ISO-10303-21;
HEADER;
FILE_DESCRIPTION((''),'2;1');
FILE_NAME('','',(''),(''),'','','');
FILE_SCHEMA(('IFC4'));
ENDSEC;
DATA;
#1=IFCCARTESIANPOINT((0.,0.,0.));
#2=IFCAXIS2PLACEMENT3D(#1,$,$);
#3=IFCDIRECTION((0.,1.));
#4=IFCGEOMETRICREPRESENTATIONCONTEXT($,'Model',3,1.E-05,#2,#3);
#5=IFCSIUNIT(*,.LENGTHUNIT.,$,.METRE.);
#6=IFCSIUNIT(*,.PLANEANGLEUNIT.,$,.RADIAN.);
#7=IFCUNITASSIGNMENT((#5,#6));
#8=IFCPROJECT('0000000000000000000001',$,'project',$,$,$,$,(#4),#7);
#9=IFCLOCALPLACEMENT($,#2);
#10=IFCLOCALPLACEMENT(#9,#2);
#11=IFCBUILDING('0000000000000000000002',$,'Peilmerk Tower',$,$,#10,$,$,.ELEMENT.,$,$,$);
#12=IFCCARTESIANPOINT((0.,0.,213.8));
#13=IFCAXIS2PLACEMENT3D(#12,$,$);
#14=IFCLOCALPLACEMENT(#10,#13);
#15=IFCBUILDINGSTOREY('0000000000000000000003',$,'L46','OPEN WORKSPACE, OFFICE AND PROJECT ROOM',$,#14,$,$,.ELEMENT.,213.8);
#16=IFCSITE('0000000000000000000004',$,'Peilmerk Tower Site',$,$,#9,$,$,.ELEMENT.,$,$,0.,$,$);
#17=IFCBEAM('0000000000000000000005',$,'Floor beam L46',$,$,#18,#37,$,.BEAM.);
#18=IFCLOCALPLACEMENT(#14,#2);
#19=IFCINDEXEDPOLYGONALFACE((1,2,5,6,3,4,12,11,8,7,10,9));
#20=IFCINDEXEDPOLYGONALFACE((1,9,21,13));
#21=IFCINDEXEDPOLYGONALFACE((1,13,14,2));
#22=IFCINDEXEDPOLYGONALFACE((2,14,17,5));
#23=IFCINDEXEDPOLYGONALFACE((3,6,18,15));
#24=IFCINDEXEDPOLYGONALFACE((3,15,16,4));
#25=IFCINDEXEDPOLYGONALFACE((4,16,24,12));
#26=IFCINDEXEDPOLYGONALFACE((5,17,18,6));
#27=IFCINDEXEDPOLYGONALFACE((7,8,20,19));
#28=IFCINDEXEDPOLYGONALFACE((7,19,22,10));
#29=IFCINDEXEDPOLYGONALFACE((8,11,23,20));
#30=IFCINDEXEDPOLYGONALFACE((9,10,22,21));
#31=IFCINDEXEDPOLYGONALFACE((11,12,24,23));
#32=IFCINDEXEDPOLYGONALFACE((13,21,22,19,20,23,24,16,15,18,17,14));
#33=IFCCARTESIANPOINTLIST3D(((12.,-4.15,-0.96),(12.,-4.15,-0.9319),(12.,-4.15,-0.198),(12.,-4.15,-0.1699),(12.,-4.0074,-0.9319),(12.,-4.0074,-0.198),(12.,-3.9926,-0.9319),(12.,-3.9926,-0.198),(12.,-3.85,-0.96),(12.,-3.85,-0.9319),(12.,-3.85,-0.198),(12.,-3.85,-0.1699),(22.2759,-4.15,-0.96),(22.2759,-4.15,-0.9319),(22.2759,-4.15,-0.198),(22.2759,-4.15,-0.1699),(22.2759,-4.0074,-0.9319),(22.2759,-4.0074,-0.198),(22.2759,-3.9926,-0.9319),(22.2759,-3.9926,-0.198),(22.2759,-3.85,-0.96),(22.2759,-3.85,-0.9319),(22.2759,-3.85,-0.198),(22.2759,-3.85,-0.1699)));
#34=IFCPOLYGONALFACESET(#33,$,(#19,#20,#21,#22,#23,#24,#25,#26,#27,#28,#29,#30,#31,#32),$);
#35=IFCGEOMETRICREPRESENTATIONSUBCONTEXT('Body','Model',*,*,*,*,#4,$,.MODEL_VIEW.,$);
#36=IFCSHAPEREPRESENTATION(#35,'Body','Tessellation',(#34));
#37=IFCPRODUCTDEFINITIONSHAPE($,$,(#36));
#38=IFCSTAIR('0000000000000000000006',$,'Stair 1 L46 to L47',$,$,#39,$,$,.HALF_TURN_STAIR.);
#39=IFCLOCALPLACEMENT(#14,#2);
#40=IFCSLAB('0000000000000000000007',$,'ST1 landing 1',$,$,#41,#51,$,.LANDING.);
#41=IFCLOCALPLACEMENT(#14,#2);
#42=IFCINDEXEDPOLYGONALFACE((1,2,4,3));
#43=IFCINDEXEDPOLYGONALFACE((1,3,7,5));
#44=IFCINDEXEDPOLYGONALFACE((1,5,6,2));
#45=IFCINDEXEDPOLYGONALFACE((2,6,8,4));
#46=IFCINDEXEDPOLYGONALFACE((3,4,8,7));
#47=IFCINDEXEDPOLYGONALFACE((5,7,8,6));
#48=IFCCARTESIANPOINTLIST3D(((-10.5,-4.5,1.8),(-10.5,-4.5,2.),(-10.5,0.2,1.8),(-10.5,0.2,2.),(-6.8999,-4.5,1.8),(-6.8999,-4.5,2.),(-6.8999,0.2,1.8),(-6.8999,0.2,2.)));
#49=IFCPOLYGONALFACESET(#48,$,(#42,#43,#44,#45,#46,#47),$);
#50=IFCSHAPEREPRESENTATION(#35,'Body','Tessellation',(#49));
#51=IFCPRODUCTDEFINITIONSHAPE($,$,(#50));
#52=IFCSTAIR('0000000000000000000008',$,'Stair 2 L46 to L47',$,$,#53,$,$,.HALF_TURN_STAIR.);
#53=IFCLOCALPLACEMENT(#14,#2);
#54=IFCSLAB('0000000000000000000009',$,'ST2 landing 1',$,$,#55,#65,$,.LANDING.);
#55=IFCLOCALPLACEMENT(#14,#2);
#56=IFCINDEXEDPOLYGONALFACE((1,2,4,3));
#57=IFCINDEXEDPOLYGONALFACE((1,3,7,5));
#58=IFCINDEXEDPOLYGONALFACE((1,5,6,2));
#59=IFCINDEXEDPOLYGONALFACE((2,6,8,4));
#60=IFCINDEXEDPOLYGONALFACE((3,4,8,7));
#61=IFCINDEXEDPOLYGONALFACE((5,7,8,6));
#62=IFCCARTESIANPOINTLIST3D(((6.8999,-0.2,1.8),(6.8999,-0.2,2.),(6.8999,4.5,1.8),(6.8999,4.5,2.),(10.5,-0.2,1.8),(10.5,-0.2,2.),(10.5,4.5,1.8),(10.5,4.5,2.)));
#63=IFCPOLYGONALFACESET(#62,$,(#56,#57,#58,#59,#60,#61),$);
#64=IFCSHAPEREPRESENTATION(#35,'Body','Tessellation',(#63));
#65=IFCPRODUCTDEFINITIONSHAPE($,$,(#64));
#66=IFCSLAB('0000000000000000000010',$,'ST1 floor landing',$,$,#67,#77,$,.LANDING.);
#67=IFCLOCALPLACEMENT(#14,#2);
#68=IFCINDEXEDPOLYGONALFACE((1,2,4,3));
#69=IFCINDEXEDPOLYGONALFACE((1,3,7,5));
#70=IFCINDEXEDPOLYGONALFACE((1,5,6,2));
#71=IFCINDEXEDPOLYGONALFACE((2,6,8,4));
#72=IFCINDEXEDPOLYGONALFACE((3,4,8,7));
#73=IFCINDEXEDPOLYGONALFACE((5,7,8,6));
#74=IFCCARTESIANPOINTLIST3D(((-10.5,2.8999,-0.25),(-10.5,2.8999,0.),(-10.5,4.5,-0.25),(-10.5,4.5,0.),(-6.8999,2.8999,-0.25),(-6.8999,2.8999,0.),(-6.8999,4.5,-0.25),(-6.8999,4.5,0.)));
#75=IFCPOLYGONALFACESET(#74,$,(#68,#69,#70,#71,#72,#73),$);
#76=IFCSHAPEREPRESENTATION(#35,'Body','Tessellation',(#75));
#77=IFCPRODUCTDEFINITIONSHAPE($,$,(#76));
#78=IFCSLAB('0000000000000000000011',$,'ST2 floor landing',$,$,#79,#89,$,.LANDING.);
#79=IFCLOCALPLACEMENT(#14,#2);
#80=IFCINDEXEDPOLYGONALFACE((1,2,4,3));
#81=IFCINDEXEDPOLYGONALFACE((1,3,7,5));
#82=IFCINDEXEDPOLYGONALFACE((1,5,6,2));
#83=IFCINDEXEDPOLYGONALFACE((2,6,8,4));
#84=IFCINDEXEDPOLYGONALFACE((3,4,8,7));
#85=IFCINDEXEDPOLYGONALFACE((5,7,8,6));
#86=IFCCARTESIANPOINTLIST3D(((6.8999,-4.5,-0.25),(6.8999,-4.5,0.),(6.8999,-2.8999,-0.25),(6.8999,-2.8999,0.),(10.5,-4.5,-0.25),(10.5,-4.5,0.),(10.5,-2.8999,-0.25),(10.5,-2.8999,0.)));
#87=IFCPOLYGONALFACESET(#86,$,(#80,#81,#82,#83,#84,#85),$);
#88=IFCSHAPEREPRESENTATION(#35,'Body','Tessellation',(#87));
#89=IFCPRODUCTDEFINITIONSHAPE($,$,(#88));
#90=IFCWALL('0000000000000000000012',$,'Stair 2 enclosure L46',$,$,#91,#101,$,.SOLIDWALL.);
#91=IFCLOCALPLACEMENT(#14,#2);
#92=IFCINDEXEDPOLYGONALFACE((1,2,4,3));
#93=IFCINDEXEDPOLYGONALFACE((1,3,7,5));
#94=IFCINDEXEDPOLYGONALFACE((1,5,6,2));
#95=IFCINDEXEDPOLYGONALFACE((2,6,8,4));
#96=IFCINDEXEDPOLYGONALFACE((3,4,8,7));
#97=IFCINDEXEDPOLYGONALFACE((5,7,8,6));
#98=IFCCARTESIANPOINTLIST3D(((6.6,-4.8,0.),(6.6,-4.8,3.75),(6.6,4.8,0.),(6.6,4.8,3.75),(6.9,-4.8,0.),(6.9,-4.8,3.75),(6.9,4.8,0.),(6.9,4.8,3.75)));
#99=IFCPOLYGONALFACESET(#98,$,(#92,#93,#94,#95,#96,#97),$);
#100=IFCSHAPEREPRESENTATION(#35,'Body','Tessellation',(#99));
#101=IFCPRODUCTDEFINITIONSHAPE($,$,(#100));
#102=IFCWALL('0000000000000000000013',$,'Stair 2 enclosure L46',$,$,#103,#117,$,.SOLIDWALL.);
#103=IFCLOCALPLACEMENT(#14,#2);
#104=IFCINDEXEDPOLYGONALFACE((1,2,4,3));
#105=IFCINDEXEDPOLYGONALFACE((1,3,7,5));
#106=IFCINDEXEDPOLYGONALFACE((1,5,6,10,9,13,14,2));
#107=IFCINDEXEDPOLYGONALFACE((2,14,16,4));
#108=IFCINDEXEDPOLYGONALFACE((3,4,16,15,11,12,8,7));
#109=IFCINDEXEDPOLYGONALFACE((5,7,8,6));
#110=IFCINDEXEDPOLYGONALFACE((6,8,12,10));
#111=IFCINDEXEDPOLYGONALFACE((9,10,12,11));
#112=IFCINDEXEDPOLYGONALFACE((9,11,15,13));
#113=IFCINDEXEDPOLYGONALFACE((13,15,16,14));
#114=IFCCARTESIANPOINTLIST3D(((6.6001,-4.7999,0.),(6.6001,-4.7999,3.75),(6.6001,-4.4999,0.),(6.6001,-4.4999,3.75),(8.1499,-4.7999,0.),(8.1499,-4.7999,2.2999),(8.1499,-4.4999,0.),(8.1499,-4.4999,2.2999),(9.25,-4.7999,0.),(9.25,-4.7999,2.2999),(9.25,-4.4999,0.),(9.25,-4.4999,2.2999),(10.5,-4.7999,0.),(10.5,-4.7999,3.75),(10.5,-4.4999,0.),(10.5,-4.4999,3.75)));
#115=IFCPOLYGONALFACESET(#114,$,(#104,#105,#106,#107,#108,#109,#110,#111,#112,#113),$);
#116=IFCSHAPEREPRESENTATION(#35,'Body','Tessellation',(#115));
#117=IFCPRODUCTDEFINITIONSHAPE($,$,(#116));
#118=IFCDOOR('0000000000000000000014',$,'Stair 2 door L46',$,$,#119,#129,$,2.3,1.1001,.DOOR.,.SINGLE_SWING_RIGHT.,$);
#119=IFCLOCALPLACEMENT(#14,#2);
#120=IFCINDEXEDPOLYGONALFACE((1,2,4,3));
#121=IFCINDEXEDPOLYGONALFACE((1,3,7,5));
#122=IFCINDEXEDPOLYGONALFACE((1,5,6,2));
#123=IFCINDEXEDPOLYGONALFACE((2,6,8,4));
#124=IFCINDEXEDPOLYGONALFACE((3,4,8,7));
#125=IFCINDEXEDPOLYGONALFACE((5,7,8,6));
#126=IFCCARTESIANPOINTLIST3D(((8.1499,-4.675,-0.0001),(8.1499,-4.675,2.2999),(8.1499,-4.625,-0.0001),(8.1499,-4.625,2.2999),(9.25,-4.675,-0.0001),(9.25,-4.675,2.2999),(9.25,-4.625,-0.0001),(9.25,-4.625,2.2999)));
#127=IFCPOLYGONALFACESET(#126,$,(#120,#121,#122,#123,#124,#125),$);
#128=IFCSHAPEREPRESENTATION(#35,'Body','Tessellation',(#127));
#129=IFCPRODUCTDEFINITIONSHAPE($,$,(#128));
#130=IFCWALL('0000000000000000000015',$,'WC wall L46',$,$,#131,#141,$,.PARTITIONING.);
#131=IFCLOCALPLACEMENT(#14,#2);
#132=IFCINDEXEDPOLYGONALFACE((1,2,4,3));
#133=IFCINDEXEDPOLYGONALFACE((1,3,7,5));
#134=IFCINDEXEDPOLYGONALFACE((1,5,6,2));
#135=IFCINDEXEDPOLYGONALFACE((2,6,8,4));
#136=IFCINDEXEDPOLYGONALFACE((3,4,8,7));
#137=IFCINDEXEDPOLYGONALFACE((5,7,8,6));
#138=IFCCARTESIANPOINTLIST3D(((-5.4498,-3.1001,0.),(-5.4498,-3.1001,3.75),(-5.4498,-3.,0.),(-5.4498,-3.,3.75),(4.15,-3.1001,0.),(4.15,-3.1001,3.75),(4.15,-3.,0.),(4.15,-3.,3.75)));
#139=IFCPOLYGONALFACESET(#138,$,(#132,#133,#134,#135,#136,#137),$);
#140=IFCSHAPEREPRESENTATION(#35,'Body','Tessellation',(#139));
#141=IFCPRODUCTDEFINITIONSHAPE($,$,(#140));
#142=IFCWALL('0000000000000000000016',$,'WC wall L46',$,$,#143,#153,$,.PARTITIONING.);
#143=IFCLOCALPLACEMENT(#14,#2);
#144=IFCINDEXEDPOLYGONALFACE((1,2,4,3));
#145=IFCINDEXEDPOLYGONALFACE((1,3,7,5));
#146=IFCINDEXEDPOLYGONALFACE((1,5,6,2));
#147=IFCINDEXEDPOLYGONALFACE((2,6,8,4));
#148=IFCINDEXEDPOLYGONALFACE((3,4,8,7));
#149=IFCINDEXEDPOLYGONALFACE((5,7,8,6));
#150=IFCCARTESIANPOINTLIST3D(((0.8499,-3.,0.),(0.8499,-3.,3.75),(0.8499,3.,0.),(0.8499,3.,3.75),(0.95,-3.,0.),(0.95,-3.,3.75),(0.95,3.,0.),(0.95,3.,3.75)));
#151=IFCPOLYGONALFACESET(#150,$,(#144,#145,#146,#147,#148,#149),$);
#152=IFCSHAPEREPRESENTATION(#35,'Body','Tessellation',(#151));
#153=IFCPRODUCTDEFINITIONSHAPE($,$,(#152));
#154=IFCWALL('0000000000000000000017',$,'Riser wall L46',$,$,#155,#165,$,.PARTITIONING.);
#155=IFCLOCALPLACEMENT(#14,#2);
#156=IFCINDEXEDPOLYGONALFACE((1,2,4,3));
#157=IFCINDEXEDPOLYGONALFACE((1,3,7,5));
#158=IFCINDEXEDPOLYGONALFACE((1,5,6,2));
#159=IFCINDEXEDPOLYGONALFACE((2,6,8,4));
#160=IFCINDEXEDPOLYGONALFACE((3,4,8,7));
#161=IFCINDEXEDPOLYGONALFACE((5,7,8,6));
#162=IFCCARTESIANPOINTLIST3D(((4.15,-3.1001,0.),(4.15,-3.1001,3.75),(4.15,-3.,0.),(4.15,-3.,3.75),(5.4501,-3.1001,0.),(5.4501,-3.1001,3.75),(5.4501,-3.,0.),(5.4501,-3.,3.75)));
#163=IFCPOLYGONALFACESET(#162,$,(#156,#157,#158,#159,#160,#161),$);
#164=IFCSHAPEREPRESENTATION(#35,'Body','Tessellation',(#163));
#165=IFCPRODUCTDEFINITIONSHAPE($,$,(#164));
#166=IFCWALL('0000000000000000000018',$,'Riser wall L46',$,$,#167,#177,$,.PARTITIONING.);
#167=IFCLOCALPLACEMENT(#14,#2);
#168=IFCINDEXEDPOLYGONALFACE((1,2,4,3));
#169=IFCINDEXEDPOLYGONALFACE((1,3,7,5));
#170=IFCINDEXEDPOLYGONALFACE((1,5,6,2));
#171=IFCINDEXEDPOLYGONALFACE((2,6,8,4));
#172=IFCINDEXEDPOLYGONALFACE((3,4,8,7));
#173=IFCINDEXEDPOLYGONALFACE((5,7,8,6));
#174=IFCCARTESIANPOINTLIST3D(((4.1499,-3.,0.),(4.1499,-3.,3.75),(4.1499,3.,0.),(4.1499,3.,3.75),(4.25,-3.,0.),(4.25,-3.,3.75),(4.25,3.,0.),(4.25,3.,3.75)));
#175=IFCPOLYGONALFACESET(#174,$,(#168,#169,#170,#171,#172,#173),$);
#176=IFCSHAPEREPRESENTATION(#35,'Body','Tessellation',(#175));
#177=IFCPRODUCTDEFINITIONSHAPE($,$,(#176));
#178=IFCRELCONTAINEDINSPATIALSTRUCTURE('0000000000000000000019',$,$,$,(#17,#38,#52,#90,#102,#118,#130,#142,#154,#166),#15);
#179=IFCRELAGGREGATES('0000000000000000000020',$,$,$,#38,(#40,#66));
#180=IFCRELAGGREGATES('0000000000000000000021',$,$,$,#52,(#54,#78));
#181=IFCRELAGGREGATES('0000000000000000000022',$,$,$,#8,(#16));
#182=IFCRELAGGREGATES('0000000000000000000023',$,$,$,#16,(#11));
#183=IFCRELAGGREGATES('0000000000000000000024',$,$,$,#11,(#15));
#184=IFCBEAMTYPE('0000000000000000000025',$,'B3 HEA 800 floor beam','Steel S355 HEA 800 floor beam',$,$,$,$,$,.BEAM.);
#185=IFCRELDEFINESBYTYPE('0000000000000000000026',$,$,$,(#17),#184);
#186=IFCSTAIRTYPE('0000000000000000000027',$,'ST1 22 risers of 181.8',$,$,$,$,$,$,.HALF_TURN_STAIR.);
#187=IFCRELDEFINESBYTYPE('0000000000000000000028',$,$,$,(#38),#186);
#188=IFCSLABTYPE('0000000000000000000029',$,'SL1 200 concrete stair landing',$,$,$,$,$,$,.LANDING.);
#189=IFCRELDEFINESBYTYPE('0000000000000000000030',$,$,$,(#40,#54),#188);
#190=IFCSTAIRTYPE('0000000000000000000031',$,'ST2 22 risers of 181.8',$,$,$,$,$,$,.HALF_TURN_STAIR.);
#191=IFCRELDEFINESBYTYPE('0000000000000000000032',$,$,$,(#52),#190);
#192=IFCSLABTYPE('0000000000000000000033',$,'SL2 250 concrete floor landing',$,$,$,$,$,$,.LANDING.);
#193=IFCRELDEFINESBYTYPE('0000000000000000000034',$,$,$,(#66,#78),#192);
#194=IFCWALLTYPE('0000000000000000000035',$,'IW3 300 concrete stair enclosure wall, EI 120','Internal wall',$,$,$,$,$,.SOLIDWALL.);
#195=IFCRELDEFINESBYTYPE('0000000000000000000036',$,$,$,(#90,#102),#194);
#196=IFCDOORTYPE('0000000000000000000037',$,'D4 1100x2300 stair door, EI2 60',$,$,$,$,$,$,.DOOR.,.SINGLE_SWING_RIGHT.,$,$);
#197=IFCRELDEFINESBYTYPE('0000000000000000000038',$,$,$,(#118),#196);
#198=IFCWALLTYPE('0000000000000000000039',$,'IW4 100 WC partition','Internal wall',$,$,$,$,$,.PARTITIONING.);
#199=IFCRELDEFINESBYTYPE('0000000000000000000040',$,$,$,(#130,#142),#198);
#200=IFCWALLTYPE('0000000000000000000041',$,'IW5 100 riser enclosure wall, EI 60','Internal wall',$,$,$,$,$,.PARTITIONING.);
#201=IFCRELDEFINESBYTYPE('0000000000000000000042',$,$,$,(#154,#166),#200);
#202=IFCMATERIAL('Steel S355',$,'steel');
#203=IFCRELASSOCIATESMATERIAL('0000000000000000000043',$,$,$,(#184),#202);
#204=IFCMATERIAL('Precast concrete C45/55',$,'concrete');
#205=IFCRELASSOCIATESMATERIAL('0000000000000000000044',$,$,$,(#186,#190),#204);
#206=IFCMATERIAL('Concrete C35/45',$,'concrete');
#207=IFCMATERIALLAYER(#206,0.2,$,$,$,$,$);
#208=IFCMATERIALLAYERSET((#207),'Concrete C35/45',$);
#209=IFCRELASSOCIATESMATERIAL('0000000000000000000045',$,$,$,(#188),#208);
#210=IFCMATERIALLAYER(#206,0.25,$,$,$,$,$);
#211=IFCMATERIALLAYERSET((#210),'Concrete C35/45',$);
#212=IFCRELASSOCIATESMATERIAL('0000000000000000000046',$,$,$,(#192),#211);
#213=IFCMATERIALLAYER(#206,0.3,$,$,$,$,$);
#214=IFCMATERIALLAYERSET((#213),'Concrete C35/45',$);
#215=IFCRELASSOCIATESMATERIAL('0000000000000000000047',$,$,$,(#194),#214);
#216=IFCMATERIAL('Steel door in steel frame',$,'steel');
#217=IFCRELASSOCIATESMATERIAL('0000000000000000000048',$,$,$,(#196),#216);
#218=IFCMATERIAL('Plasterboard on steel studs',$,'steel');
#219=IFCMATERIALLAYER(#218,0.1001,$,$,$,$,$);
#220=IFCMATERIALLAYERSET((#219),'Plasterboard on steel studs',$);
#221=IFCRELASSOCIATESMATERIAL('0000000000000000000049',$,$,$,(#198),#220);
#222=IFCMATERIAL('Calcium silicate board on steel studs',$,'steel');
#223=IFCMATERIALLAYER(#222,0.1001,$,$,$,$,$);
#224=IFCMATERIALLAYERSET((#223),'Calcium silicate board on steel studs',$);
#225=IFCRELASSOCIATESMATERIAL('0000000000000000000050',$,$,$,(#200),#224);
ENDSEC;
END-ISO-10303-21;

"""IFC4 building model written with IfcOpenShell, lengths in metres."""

from ifc_helpers import new_model, si_unit, direction, frame, frame_2d, origin, origin_2d, place, context, subcontext, project, spatial, polyline, rectangle, i_section, outline, extrude, material, layer, layer_set, material_profile, profile_set, type_object, element, fill, aggregate, save


model = new_model("IFC4")

# Units and contexts
model_context = context("Model", 3, precision=1e-05, world=origin(), true_north=direction((0.0, 1.0)))
body_context = subcontext(model_context, "Body", "Model", "MODEL_VIEW")
ifc_project = project(units=[si_unit("LENGTHUNIT", "METRE"), si_unit("PLANEANGLEUNIT", "RADIAN")], contexts=[model_context])

# Site, building, storey
site_placement = place(None, origin())
site = spatial("IfcSite", under=ifc_project, at=site_placement, Name="Peilmerk Tower Site", CompositionType="ELEMENT", RefElevation=0.0)
building_placement = place(site_placement, origin())
building = spatial("IfcBuilding", under=site, at=building_placement, Name="Peilmerk Tower", CompositionType="ELEMENT")
storey_placement = place(building_placement, frame((0.0, 0.0, 213.8)))
storey = spatial("IfcBuildingStorey", under=building, at=storey_placement, Name="L46", Description="OPEN WORKSPACE, OFFICE AND PROJECT ROOM", CompositionType="ELEMENT", Elevation=213.8)

# Beam
ifc_material_1 = material(Name="Steel S355", Category="steel")
ifc_material_profile = material_profile(ifc_material_1, i_section(OverallWidth=0.3, OverallDepth=0.79, WebThickness=0.0149, FlangeThickness=0.0281, at=origin_2d()), Name="HEA 800")
ifc_profile_set = profile_set([ifc_material_profile], Name="Steel S355")
beam_type = type_object("IfcBeamType", Name="B3 HEA 800 floor beam", Description="Steel S355 HEA 800 floor beam", PredefinedType="BEAM", material=ifc_profile_set)
beam_placement = place(storey_placement, frame((12.0, -4.0, -0.5649), z_axis=(1.0, 0.0, 0.0), x_axis=(0.0, 1.0, 0.0)))
element("IfcBeam", 1, at=beam_placement, inside=storey, type_object=beam_type, Name="Floor beam L46", PredefinedType="BEAM", context=body_context, shape_type="SweptSolid", body=[
    extrude(i_section(OverallWidth=0.3, OverallDepth=0.79, WebThickness=0.0149, FlangeThickness=0.0281, at=origin_2d()), origin(), (0.0, 0.0, 1.0), 10.2759),
])

# Stairs, slabs
ifc_material_2 = material(Name="Precast concrete C45/55", Category="concrete")
stair_type_1 = type_object("IfcStairType", Name="ST1 22 risers of 181.8", PredefinedType="HALF_TURN_STAIR", material=ifc_material_2)
stair_1_placement = place(storey_placement, origin())
stair_1 = element("IfcStair", 2, at=stair_1_placement, inside=storey, type_object=stair_type_1, Name="Stair 1 L46 to L47", PredefinedType="HALF_TURN_STAIR")
ifc_material_3 = material(Name="Concrete C35/45", Category="concrete")
ifc_layer_1 = layer(ifc_material_3, 0.2)
ifc_layer_set_1 = layer_set([ifc_layer_1], Name="Concrete C35/45")
slab_type_1 = type_object("IfcSlabType", Name="SL1 200 concrete stair landing", PredefinedType="LANDING", material=ifc_layer_set_1)
slab_1_placement = place(storey_placement, frame((0.0, 0.0, 1.8)))
slab_1 = element("IfcSlab", 3, at=slab_1_placement, type_object=slab_type_1, Name="ST1 landing 1", PredefinedType="LANDING", context=body_context, shape_type="SweptSolid", body=[
    extrude(outline(polyline([(-10.5, -4.5), (-6.8999, -4.5), (-6.8999, 0.2), (-10.5, 0.2), (-10.5, -4.5)])), origin(), (0.0, 0.0, 1.0), 0.2),
])
stair_type_2 = type_object("IfcStairType", Name="ST2 22 risers of 181.8", PredefinedType="HALF_TURN_STAIR", material=ifc_material_2)
stair_2_placement = place(storey_placement, origin())
stair_2 = element("IfcStair", 4, at=stair_2_placement, inside=storey, type_object=stair_type_2, Name="Stair 2 L46 to L47", PredefinedType="HALF_TURN_STAIR")
slab_2_placement = place(storey_placement, frame((0.0, 0.0, 1.8)))
slab_2 = element("IfcSlab", 5, at=slab_2_placement, type_object=slab_type_1, Name="ST2 landing 1", PredefinedType="LANDING", context=body_context, shape_type="SweptSolid", body=[
    extrude(outline(polyline([(6.8999, -0.2), (10.5, -0.2), (10.5, 4.5), (6.8999, 4.5), (6.8999, -0.2)])), origin(), (0.0, 0.0, 1.0), 0.2),
])

# Slabs
ifc_layer_2 = layer(ifc_material_3, 0.25)
ifc_layer_set_2 = layer_set([ifc_layer_2], Name="Concrete C35/45")
slab_type_2 = type_object("IfcSlabType", Name="SL2 250 concrete floor landing", PredefinedType="LANDING", material=ifc_layer_set_2)
slab_3_placement = place(storey_placement, frame((0.0, 0.0, -0.25)))
slab_3 = element("IfcSlab", 6, at=slab_3_placement, type_object=slab_type_2, Name="ST1 floor landing", PredefinedType="LANDING", context=body_context, shape_type="SweptSolid", body=[
    extrude(outline(polyline([(-10.5, 2.8999), (-6.8999, 2.8999), (-6.8999, 4.5), (-10.5, 4.5), (-10.5, 2.8999)])), origin(), (0.0, 0.0, 1.0), 0.25),
])
aggregate(stair_1, [slab_1, slab_3])
slab_4_placement = place(storey_placement, frame((0.0, 0.0, -0.25)))
slab_4 = element("IfcSlab", 7, at=slab_4_placement, type_object=slab_type_2, Name="ST2 floor landing", PredefinedType="LANDING", context=body_context, shape_type="SweptSolid", body=[
    extrude(outline(polyline([(6.8999, -4.5), (10.5, -4.5), (10.5, -2.8999), (6.8999, -2.8999), (6.8999, -4.5)])), origin(), (0.0, 0.0, 1.0), 0.25),
])

# Wall
ifc_layer_3 = layer(ifc_material_3, 0.3)
ifc_layer_set_3 = layer_set([ifc_layer_3], Name="Concrete C35/45")
wall_type_1 = type_object("IfcWallType", Name="IW3 300 concrete stair enclosure wall, EI 120", Description="Internal wall", PredefinedType="SOLIDWALL", material=ifc_layer_set_3)
wall_1_placement = place(storey_placement, frame((6.75, -4.8, 0.0), z_axis=(0.0, 0.0, 1.0), x_axis=(0.0, 1.0, 0.0)))
element("IfcWall", 8, at=wall_1_placement, inside=storey, type_object=wall_type_1, Name="Stair 2 enclosure L46", PredefinedType="SOLIDWALL", context=body_context, shape_type="SweptSolid", body=[
    extrude(rectangle(XDim=9.6001, YDim=0.3, at=frame_2d((4.8, 0.0))), origin(), (0.0, 0.0, 1.0), 3.75),
])

# Wall, opening, door
wall_2_placement = place(storey_placement, frame((10.5, -4.6499, 0.0), z_axis=(0.0, 0.0, 1.0), x_axis=(-1.0, 0.0, 0.0)))
wall_2 = element("IfcWall", 9, at=wall_2_placement, inside=storey, type_object=wall_type_1, Name="Stair 2 enclosure L46", PredefinedType="SOLIDWALL", context=body_context, shape_type="SweptSolid", body=[
    extrude(rectangle(XDim=3.8999, YDim=0.3, at=frame_2d((1.95, 0.0))), origin(), (0.0, 0.0, 1.0), 3.75),
])
opening_1_placement = place(wall_2_placement, frame((1.25, 0.0, 0.0)))
opening_1 = element("IfcOpeningElement", 10, at=opening_1_placement, cuts=wall_2, PredefinedType="OPENING", context=body_context, shape_type="SweptSolid", body=[
    extrude(rectangle(XDim=1.1001, YDim=2.3, at=frame_2d((0.55, 1.1499))), frame((0.0, 0.1599, 0.0), z_axis=(0.0, -1.0, 0.0), x_axis=(1.0, 0.0, 0.0)), (0.0, 0.0, 1.0), 0.3201),
])
ifc_material_4 = material(Name="Steel door in steel frame", Category="steel")
door_type_1 = type_object("IfcDoorType", Name="D4 1100x2300 stair door, EI2 60", OperationType="SINGLE_SWING_RIGHT", PredefinedType="DOOR", material=ifc_material_4)
door_1_placement = place(opening_1_placement, frame((1.1001, 0.0, 0.0), z_axis=(0.0, 0.0, 1.0), x_axis=(-1.0, 0.0, 0.0)))
door_1 = element("IfcDoor", 11, at=door_1_placement, inside=storey, type_object=door_type_1, Name="Stair 2 door L46", OperationType="SINGLE_SWING_RIGHT", OverallHeight=2.3, OverallWidth=1.1001, PredefinedType="DOOR", context=body_context, shape_type="SweptSolid", body=[
    extrude(rectangle(XDim=1.1001, YDim=2.3, at=frame_2d((0.55, 1.1499))), frame((0.0, 0.0249, 0.0), z_axis=(0.0, -1.0, 0.0), x_axis=(1.0, 0.0, 0.0)), (0.0, 0.0, 1.0), 0.05),
])
fill(opening_1, door_1)

# Walls
ifc_material_5 = material(Name="Plasterboard on steel studs", Category="steel")
ifc_layer_4 = layer(ifc_material_5, 0.1001)
ifc_layer_set_4 = layer_set([ifc_layer_4], Name="Plasterboard on steel studs")
wall_type_2 = type_object("IfcWallType", Name="IW4 100 WC partition", Description="Internal wall", PredefinedType="PARTITIONING", material=ifc_layer_set_4)
wall_3_placement = place(storey_placement, frame((4.1499, -3.05, 0.0), z_axis=(0.0, 0.0, 1.0), x_axis=(-1.0, 0.0, 0.0)))
element("IfcWall", 12, at=wall_3_placement, inside=storey, type_object=wall_type_2, Name="WC wall L46", PredefinedType="PARTITIONING", context=body_context, shape_type="SweptSolid", body=[
    extrude(rectangle(XDim=9.5999, YDim=0.1001, at=frame_2d((4.7998, 0.0))), origin(), (0.0, 0.0, 1.0), 3.75),
])
wall_4_placement = place(storey_placement, frame((0.8999, -3.0, 0.0), z_axis=(0.0, 0.0, 1.0), x_axis=(0.0, 1.0, 0.0)))
element("IfcWall", 13, at=wall_4_placement, inside=storey, type_object=wall_type_2, Name="WC wall L46", PredefinedType="PARTITIONING", context=body_context, shape_type="SweptSolid", body=[
    extrude(rectangle(XDim=6.0, YDim=0.1001, at=frame_2d((3.0, 0.0))), origin(), (0.0, 0.0, 1.0), 3.75),
])
ifc_material_6 = material(Name="Calcium silicate board on steel studs", Category="steel")
ifc_layer_5 = layer(ifc_material_6, 0.1001)
ifc_layer_set_5 = layer_set([ifc_layer_5], Name="Calcium silicate board on steel studs")
wall_type_3 = type_object("IfcWallType", Name="IW5 100 riser enclosure wall, EI 60", Description="Internal wall", PredefinedType="PARTITIONING", material=ifc_layer_set_5)
wall_5_placement = place(storey_placement, frame((5.45, -3.05, 0.0), z_axis=(0.0, 0.0, 1.0), x_axis=(-1.0, 0.0, 0.0)))
element("IfcWall", 14, at=wall_5_placement, inside=storey, type_object=wall_type_3, Name="Riser wall L46", PredefinedType="PARTITIONING", context=body_context, shape_type="SweptSolid", body=[
    extrude(rectangle(XDim=1.3, YDim=0.1001, at=frame_2d((0.6499, 0.0))), origin(), (0.0, 0.0, 1.0), 3.75),
])
wall_6_placement = place(storey_placement, frame((4.2, -3.0, 0.0), z_axis=(0.0, 0.0, 1.0), x_axis=(0.0, 1.0, 0.0)))
element("IfcWall", 15, at=wall_6_placement, inside=storey, type_object=wall_type_3, Name="Riser wall L46", PredefinedType="PARTITIONING", context=body_context, shape_type="SweptSolid", body=[
    extrude(rectangle(XDim=6.0, YDim=0.1001, at=frame_2d((3.0, 0.0))), origin(), (0.0, 0.0, 1.0), 3.75),
])

aggregate(stair_2, [slab_2, slab_4])

save(model, "model.ifc")
